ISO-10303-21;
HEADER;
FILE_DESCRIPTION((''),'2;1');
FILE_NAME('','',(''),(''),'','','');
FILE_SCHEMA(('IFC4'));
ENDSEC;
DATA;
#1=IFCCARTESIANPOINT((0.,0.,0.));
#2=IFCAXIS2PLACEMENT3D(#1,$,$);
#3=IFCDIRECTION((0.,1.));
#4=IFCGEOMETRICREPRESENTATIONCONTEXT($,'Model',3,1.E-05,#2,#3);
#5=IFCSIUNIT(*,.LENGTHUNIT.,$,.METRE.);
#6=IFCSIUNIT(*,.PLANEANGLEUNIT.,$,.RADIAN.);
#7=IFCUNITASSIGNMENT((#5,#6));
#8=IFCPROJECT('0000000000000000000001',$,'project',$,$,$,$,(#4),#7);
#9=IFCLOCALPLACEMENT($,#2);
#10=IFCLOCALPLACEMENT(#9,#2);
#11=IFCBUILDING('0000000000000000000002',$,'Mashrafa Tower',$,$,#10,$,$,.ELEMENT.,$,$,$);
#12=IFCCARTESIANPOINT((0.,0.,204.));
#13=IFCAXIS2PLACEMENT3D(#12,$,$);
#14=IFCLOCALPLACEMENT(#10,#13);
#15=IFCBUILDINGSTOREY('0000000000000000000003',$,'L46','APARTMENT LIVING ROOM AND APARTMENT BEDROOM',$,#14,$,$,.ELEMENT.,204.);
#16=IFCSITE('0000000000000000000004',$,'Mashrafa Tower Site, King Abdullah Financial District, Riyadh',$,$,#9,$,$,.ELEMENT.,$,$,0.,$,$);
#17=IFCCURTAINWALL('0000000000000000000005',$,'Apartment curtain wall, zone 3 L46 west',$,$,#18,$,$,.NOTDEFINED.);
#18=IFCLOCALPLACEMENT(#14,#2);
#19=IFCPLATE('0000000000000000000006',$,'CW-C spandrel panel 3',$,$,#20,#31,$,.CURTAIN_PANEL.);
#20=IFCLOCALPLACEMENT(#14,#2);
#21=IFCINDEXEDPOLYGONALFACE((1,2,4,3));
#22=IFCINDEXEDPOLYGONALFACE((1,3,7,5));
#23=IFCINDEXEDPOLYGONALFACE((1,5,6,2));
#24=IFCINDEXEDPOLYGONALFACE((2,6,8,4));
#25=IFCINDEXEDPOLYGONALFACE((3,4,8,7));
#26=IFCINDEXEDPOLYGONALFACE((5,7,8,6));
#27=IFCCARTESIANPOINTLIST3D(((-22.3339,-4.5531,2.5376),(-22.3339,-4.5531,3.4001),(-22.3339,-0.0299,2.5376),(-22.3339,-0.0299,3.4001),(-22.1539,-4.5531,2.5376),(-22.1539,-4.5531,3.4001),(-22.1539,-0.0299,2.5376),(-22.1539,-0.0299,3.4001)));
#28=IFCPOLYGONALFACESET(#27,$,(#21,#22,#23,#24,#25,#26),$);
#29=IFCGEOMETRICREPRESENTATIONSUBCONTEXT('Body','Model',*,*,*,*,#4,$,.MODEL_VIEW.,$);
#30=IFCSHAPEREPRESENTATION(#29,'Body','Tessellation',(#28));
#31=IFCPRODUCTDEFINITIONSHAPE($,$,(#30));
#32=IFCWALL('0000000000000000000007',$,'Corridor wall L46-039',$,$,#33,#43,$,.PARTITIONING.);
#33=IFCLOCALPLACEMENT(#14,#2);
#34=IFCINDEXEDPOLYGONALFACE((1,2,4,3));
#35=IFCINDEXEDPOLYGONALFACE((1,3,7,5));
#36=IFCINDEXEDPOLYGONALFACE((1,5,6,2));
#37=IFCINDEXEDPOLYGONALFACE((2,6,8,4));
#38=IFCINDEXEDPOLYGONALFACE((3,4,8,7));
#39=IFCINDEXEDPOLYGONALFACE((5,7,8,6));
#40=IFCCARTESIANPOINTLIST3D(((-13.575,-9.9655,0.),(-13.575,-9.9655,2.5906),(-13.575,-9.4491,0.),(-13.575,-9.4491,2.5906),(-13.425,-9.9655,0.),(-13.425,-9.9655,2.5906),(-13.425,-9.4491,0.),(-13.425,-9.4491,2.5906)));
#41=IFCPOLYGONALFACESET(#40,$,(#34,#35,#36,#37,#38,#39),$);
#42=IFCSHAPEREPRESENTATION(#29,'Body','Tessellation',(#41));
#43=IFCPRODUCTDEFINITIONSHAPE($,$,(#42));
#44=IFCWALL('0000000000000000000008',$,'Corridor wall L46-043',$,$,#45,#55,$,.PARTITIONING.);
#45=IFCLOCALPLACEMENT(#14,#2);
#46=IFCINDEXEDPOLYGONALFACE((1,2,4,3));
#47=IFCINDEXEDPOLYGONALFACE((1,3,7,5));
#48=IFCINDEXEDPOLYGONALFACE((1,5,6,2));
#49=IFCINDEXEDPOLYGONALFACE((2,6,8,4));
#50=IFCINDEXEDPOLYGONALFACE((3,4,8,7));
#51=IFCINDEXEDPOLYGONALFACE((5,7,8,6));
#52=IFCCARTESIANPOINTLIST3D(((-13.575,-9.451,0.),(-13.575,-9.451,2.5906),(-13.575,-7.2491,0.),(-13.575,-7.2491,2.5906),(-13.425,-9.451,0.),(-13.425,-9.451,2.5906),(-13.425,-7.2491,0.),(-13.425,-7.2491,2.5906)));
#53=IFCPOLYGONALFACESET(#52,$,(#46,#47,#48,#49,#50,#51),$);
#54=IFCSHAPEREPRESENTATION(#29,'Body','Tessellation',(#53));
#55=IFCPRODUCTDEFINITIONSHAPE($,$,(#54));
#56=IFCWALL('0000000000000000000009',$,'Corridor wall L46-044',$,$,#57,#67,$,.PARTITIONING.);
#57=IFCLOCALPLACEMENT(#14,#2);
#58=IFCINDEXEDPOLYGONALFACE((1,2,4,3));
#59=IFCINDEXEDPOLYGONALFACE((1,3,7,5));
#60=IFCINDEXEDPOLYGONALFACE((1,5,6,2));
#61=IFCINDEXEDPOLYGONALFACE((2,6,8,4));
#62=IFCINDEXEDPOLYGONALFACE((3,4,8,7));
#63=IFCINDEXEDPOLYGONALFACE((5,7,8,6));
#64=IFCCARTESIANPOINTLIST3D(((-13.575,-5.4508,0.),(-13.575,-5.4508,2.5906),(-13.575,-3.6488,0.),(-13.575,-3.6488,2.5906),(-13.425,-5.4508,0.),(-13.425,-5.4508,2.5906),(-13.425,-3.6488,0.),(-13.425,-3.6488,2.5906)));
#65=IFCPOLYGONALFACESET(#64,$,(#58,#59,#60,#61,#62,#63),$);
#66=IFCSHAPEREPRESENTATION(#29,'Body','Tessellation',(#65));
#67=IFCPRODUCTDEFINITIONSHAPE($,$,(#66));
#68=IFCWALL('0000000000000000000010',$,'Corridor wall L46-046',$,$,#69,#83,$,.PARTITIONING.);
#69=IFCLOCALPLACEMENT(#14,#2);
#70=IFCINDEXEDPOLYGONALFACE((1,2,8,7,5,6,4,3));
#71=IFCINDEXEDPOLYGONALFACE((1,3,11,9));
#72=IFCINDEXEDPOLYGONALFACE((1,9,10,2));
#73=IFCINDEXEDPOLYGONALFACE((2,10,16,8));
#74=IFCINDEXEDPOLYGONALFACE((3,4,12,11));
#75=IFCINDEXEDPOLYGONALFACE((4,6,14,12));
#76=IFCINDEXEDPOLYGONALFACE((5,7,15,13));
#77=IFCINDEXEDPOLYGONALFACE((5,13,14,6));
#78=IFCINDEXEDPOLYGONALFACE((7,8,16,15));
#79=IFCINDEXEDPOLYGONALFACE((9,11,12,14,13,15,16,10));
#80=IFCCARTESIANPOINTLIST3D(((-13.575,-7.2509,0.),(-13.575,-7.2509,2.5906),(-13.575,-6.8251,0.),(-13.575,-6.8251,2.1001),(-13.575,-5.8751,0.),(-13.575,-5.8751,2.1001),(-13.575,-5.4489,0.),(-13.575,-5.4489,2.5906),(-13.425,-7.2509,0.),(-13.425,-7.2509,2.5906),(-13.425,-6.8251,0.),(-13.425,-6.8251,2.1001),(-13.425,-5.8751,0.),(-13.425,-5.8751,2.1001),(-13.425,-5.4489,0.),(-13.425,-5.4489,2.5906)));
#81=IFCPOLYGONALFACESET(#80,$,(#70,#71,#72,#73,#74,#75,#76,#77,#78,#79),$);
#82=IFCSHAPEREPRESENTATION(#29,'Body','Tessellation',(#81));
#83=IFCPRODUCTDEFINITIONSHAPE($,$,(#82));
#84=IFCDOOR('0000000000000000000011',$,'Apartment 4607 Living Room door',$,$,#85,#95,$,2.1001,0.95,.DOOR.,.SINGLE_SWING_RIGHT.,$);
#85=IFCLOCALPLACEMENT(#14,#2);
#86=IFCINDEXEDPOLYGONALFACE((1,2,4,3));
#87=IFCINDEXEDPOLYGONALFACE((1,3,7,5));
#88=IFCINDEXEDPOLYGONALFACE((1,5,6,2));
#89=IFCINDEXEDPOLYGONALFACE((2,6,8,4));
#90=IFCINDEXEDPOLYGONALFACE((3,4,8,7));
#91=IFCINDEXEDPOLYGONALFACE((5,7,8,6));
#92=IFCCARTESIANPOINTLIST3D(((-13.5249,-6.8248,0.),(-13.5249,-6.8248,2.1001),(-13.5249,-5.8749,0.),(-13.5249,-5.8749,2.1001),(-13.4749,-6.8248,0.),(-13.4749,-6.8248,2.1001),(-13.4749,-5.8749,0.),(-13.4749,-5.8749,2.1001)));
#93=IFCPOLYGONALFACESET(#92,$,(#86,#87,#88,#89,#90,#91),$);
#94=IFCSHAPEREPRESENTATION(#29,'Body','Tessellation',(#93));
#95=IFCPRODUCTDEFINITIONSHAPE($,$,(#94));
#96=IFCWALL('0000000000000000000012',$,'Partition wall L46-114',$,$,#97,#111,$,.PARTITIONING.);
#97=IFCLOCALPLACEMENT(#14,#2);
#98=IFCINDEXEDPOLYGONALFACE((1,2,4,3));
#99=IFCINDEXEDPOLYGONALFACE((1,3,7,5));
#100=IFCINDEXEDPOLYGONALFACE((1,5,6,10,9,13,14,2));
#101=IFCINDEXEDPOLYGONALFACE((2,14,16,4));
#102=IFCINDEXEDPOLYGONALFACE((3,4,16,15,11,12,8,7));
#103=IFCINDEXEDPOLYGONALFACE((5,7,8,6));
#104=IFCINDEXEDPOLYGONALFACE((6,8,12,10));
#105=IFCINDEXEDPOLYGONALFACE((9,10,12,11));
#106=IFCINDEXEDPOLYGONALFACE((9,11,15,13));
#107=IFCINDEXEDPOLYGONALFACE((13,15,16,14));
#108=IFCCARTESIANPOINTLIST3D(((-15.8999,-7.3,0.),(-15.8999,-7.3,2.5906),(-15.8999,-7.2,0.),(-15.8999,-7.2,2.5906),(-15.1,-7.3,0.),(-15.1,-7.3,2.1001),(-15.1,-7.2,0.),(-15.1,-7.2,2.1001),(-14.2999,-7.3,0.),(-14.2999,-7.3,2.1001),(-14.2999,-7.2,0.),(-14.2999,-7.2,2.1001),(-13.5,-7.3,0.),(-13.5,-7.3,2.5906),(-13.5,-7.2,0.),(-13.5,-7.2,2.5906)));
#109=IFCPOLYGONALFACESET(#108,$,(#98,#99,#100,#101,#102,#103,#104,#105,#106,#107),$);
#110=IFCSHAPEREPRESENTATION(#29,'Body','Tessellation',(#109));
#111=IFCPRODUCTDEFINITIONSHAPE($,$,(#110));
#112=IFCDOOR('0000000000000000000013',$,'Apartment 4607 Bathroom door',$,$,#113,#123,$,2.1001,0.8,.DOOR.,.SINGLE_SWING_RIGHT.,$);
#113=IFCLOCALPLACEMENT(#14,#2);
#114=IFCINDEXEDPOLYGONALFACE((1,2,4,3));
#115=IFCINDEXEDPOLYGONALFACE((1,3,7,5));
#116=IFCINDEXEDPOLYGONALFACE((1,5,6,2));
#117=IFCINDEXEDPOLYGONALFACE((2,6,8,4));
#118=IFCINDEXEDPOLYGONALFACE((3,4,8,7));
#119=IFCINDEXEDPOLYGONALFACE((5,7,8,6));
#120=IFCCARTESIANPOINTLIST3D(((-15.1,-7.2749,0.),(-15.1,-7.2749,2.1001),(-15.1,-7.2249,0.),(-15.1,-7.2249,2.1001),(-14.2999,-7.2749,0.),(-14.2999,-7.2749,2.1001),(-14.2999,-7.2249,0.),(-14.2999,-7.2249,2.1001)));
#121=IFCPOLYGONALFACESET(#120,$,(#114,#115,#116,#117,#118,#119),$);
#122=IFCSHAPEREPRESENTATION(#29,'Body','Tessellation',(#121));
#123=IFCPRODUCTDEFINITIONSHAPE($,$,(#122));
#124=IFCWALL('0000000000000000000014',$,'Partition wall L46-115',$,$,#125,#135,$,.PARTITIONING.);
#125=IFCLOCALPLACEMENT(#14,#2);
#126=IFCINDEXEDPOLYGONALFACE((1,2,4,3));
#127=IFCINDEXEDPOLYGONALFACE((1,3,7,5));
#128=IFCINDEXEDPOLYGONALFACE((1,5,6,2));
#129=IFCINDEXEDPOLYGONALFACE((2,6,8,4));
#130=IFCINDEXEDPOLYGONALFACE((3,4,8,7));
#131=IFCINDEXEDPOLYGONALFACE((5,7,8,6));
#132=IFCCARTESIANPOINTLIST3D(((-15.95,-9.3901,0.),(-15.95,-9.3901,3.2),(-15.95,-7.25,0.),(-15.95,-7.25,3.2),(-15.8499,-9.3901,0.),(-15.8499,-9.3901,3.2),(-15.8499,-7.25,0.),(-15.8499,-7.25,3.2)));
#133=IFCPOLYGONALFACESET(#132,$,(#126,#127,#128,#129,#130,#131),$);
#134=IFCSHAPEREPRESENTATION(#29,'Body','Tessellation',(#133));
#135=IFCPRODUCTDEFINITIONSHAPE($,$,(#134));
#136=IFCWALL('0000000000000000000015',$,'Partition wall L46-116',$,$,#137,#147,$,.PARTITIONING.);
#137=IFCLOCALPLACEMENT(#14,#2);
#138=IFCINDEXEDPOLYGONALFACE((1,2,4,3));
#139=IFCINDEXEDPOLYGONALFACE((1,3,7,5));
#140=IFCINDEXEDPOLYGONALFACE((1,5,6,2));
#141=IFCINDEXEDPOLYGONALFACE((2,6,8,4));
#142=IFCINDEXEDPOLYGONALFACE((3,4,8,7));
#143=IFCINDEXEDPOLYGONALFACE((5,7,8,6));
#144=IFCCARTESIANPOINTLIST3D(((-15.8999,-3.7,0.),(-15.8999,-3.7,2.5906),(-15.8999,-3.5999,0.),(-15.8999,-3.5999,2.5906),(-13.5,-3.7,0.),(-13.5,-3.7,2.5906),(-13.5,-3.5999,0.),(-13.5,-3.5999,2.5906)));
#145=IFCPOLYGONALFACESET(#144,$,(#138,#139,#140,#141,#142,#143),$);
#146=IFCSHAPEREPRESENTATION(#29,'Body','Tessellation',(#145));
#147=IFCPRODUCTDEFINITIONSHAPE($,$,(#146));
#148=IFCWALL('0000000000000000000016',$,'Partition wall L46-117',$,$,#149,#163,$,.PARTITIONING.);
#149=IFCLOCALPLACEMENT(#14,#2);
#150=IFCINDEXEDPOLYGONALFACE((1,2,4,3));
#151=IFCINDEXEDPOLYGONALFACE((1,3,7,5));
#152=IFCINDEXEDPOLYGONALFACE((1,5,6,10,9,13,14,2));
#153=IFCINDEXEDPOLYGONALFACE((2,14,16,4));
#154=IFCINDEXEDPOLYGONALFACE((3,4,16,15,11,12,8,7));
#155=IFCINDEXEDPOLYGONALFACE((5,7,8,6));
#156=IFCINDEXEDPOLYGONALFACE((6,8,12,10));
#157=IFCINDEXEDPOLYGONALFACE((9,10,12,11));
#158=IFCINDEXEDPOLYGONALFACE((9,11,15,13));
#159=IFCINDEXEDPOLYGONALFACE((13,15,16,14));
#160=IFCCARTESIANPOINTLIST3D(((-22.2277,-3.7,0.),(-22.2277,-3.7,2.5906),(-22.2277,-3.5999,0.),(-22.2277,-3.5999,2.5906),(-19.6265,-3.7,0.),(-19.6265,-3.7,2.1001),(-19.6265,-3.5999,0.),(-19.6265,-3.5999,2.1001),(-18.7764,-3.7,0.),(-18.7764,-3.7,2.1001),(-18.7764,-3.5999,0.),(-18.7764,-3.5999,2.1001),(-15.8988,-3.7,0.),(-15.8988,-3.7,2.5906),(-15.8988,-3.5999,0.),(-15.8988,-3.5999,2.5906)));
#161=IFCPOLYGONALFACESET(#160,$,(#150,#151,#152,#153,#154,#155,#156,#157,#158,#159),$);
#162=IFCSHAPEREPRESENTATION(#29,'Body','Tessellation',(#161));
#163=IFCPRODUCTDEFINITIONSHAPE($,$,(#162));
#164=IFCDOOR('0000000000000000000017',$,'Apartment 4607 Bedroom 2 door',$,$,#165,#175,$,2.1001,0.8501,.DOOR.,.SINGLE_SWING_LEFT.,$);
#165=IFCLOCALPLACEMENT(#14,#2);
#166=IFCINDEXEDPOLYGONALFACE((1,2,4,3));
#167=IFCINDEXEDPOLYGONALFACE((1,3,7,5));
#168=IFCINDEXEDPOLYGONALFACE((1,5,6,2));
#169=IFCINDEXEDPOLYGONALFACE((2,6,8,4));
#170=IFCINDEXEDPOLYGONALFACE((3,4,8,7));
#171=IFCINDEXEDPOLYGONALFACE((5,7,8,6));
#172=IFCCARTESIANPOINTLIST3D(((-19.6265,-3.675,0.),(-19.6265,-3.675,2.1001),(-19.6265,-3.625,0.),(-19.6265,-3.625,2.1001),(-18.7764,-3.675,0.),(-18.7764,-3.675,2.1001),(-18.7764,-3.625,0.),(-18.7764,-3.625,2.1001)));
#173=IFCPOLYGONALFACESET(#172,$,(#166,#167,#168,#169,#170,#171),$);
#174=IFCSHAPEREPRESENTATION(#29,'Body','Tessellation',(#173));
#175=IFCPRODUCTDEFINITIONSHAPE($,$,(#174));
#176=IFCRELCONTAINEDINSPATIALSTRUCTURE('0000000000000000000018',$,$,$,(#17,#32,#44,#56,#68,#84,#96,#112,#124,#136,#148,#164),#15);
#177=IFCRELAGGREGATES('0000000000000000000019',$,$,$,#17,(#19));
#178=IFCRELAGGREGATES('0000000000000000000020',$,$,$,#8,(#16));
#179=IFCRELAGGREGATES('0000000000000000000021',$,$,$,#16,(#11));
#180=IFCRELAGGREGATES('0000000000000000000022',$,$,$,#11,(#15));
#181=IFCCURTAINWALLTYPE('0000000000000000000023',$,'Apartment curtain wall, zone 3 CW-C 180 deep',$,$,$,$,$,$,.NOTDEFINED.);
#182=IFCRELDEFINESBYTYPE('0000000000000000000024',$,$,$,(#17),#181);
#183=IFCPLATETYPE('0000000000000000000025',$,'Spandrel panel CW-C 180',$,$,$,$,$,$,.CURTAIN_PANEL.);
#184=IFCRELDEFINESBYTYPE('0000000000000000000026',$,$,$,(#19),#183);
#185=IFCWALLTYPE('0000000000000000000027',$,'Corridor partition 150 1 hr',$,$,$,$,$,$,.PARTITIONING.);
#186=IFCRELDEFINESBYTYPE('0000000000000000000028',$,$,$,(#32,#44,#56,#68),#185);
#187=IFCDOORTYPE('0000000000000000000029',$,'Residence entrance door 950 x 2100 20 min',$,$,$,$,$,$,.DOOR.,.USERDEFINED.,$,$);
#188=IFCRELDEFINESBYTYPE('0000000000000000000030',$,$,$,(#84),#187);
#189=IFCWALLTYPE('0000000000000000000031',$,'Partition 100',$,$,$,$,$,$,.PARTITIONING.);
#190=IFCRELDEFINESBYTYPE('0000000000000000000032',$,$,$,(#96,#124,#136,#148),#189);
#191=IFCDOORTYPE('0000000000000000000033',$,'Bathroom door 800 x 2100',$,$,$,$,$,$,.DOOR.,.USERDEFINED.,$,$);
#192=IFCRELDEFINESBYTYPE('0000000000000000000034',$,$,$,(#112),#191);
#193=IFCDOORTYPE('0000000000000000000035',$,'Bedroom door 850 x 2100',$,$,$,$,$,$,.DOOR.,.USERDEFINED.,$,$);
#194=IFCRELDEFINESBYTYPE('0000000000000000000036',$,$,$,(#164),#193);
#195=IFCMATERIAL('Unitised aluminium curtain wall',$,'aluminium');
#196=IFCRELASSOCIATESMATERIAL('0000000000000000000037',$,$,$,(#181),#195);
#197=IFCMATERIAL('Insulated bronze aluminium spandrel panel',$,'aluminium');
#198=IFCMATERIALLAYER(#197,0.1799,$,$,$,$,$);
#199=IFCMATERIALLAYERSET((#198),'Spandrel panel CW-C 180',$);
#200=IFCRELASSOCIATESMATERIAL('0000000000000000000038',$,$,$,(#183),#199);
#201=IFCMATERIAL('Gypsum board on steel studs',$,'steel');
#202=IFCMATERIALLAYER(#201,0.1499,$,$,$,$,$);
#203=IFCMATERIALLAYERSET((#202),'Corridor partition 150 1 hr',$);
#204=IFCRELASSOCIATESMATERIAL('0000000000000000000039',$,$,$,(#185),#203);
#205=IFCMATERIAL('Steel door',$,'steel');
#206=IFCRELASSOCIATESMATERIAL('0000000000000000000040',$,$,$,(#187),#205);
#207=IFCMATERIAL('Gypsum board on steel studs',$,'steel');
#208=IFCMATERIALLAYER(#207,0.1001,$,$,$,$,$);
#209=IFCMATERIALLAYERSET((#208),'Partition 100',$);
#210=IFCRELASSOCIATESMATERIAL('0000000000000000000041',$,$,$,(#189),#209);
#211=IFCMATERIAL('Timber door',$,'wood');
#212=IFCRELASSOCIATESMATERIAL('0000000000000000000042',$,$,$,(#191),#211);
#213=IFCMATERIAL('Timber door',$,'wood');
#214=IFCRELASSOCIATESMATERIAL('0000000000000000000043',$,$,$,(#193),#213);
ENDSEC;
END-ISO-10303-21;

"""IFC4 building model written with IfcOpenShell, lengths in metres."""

from ifc_helpers import new_model, si_unit, direction, frame, frame_2d, origin, origin_2d, place, context, subcontext, project, spatial, rectangle, extrude, source, transform, mapped, material, layer, layer_set, type_object, element, fill, aggregate, save


model = new_model("IFC4")

# Units and contexts
model_context = context("Model", 3, precision=1e-05, world=origin(), true_north=direction((0.0, 1.0)))
body_context = subcontext(model_context, "Body", "Model", "MODEL_VIEW")
ifc_project = project(units=[si_unit("LENGTHUNIT", "METRE"), si_unit("PLANEANGLEUNIT", "RADIAN")], contexts=[model_context])

# Site, building, storey
site_placement = place(None, origin())
site = spatial("IfcSite", under=ifc_project, at=site_placement, Name="Mashrafa Tower Site, King Abdullah Financial District, Riyadh", CompositionType="ELEMENT", RefElevation=0.0)
building_placement = place(site_placement, origin())
building = spatial("IfcBuilding", under=site, at=building_placement, Name="Mashrafa Tower", CompositionType="ELEMENT")
storey_placement = place(building_placement, frame((0.0, 0.0, 204.0)))
storey = spatial("IfcBuildingStorey", under=building, at=storey_placement, Name="L46", Description="APARTMENT LIVING ROOM AND APARTMENT BEDROOM", CompositionType="ELEMENT", Elevation=204.0)

# Curtain wall
ifc_material_1 = material(Name="Unitised aluminium curtain wall", Category="aluminium")
curtain_wall_type = type_object("IfcCurtainWallType", Name="Apartment curtain wall, zone 3 CW-C 180 deep", PredefinedType="NOTDEFINED", material=ifc_material_1)
curtain_wall_1_placement = place(storey_placement, origin())
curtain_wall_1 = element("IfcCurtainWall", 1, at=curtain_wall_1_placement, inside=storey, type_object=curtain_wall_type, Name="Apartment curtain wall, zone 3 L46 west", PredefinedType="NOTDEFINED")

# Plate
ifc_material_2 = material(Name="Insulated bronze aluminium spandrel panel", Category="aluminium")
ifc_layer_1 = layer(ifc_material_2, 0.1799)
ifc_layer_set_1 = layer_set([ifc_layer_1], Name="Spandrel panel CW-C 180")
plate_type_1 = type_object("IfcPlateType", Name="Spandrel panel CW-C 180", PredefinedType="CURTAIN_PANEL", material=ifc_layer_set_1)
shared_shape_1 = source(origin(), body_context, "Body", "SweptSolid", [
    extrude(rectangle(XDim=4.5232, YDim=0.1799, at=origin_2d()), origin(), (0.0, 0.0, 1.0), 0.8625),
])
plate_1_placement = place(storey_placement, frame((-22.2439, -2.2915, 2.5376), z_axis=(0.0, 0.0, 1.0), x_axis=(0.0, -1.0, 0.0)))
plate_1 = element("IfcPlate", 2, at=plate_1_placement, type_object=plate_type_1, Name="CW-C spandrel panel 3", PredefinedType="CURTAIN_PANEL", context=body_context, shape_type="MappedRepresentation", body=[
    mapped(shared_shape_1, transform((0.0, 0.0, 0.0))),
])
aggregate(curtain_wall_1, [plate_1])

# Walls
ifc_material_3 = material(Name="Gypsum board on steel studs", Category="steel")
ifc_layer_2 = layer(ifc_material_3, 0.1499)
ifc_layer_set_2 = layer_set([ifc_layer_2], Name="Corridor partition 150 1 hr")
wall_type_1 = type_object("IfcWallType", Name="Corridor partition 150 1 hr", PredefinedType="PARTITIONING", material=ifc_layer_set_2)
wall_1_placement = place(storey_placement, frame((-13.5, -9.449, 0.0), z_axis=(0.0, 0.0, 1.0), x_axis=(0.0, -1.0, 0.0)))
element("IfcWall", 3, at=wall_1_placement, inside=storey, type_object=wall_type_1, Name="Corridor wall L46-039", PredefinedType="PARTITIONING", context=body_context, shape_type="SweptSolid", body=[
    extrude(rectangle(XDim=0.5164, YDim=0.1499, at=frame_2d((0.2583, 0.0))), origin(), (0.0, 0.0, 1.0), 2.5906),
])
wall_2_placement = place(storey_placement, frame((-13.5, -7.249, 0.0), z_axis=(0.0, 0.0, 1.0), x_axis=(0.0, -1.0, 0.0)))
element("IfcWall", 4, at=wall_2_placement, inside=storey, type_object=wall_type_1, Name="Corridor wall L46-043", PredefinedType="PARTITIONING", context=body_context, shape_type="SweptSolid", body=[
    extrude(rectangle(XDim=2.2019, YDim=0.1499, at=frame_2d((1.1011, 0.0))), origin(), (0.0, 0.0, 1.0), 2.5906),
])
wall_3_placement = place(storey_placement, frame((-13.5, -3.6489, 0.0), z_axis=(0.0, 0.0, 1.0), x_axis=(0.0, -1.0, 0.0)))
element("IfcWall", 5, at=wall_3_placement, inside=storey, type_object=wall_type_1, Name="Corridor wall L46-044", PredefinedType="PARTITIONING", context=body_context, shape_type="SweptSolid", body=[
    extrude(rectangle(XDim=1.802, YDim=0.1499, at=frame_2d((0.9009, 0.0))), origin(), (0.0, 0.0, 1.0), 2.5906),
])

# Walls, openings, doors
wall_4_placement = place(storey_placement, frame((-13.5, -5.449, 0.0), z_axis=(0.0, 0.0, 1.0), x_axis=(0.0, -1.0, 0.0)))
wall_4 = element("IfcWall", 6, at=wall_4_placement, inside=storey, type_object=wall_type_1, Name="Corridor wall L46-046", PredefinedType="PARTITIONING", context=body_context, shape_type="SweptSolid", body=[
    extrude(rectangle(XDim=1.802, YDim=0.1499, at=frame_2d((0.9009, 0.0))), origin(), (0.0, 0.0, 1.0), 2.5906),
])
opening_1_placement = place(wall_4_placement, frame((0.426, 0.0, 0.0)))
opening_1 = element("IfcOpeningElement", 7, at=opening_1_placement, cuts=wall_4, PredefinedType="OPENING", context=body_context, shape_type="SweptSolid", body=[
    extrude(rectangle(XDim=0.95, YDim=2.1001, at=frame_2d((0.4751, 1.05))), frame((0.0, 0.085, 0.0), z_axis=(0.0, -1.0, 0.0), x_axis=(1.0, 0.0, 0.0)), (0.0, 0.0, 1.0), 0.1699),
])
ifc_material_4 = material(Name="Steel door", Category="steel")
door_type_1 = type_object("IfcDoorType", Name="Residence entrance door 950 x 2100 20 min", OperationType="USERDEFINED", PredefinedType="DOOR", material=ifc_material_4)
door_1_placement = place(opening_1_placement, frame((0.95, 0.0, 0.0), z_axis=(0.0, 0.0, 1.0), x_axis=(-1.0, 0.0, 0.0)))
door_1 = element("IfcDoor", 8, at=door_1_placement, inside=storey, type_object=door_type_1, Name="Apartment 4607 Living Room door", OperationType="SINGLE_SWING_RIGHT", OverallHeight=2.1001, OverallWidth=0.95, PredefinedType="DOOR", context=body_context, shape_type="SweptSolid", body=[
    extrude(rectangle(XDim=0.95, YDim=2.1001, at=frame_2d((0.4751, 1.05))), frame((0.0, 0.0249, 0.0), z_axis=(0.0, -1.0, 0.0), x_axis=(1.0, 0.0, 0.0)), (0.0, 0.0, 1.0), 0.05),
])
fill(opening_1, door_1)
ifc_material_5 = material(Name="Gypsum board on steel studs", Category="steel")
ifc_layer_3 = layer(ifc_material_5, 0.1001)
ifc_layer_set_3 = layer_set([ifc_layer_3], Name="Partition 100")
wall_type_2 = type_object("IfcWallType", Name="Partition 100", PredefinedType="PARTITIONING", material=ifc_layer_set_3)
wall_5_placement = place(storey_placement, frame((-13.5, -7.25, 0.0), z_axis=(0.0, 0.0, 1.0), x_axis=(-1.0, 0.0, 0.0)))
wall_5 = element("IfcWall", 9, at=wall_5_placement, inside=storey, type_object=wall_type_2, Name="Partition wall L46-114", PredefinedType="PARTITIONING", context=body_context, shape_type="SweptSolid", body=[
    extrude(rectangle(XDim=2.3999, YDim=0.1001, at=frame_2d((1.2, 0.0))), origin(), (0.0, 0.0, 1.0), 2.5906),
])
opening_2_placement = place(wall_5_placement, frame((0.8, 0.0, 0.0)))
opening_2 = element("IfcOpeningElement", 10, at=opening_2_placement, cuts=wall_5, PredefinedType="OPENING", context=body_context, shape_type="SweptSolid", body=[
    extrude(rectangle(XDim=0.8, YDim=2.1001, at=frame_2d((0.3999, 1.05))), frame((0.0, 0.0601, 0.0), z_axis=(0.0, -1.0, 0.0), x_axis=(1.0, 0.0, 0.0)), (0.0, 0.0, 1.0), 0.1201),
])
ifc_material_6 = material(Name="Timber door", Category="wood")
door_type_2 = type_object("IfcDoorType", Name="Bathroom door 800 x 2100", OperationType="USERDEFINED", PredefinedType="DOOR", material=ifc_material_6)
door_2_placement = place(opening_2_placement, origin())
door_2 = element("IfcDoor", 11, at=door_2_placement, inside=storey, type_object=door_type_2, Name="Apartment 4607 Bathroom door", OperationType="SINGLE_SWING_RIGHT", OverallHeight=2.1001, OverallWidth=0.8, PredefinedType="DOOR", context=body_context, shape_type="SweptSolid", body=[
    extrude(rectangle(XDim=0.8, YDim=2.1001, at=frame_2d((0.3999, 1.05))), frame((0.0, 0.0249, 0.0), z_axis=(0.0, -1.0, 0.0), x_axis=(1.0, 0.0, 0.0)), (0.0, 0.0, 1.0), 0.05),
])
fill(opening_2, door_2)

# Walls
wall_6_placement = place(storey_placement, frame((-15.8999, -7.25, 0.0), z_axis=(0.0, 0.0, 1.0), x_axis=(0.0, -1.0, 0.0)))
element("IfcWall", 12, at=wall_6_placement, inside=storey, type_object=wall_type_2, Name="Partition wall L46-115", PredefinedType="PARTITIONING", context=body_context, shape_type="SweptSolid", body=[
    extrude(rectangle(XDim=2.1401, YDim=0.1001, at=frame_2d((1.0701, 0.0))), origin(), (0.0, 0.0, 1.0), 3.2),
])
wall_7_placement = place(storey_placement, frame((-13.5, -3.6499, 0.0), z_axis=(0.0, 0.0, 1.0), x_axis=(-1.0, 0.0, 0.0)))
element("IfcWall", 13, at=wall_7_placement, inside=storey, type_object=wall_type_2, Name="Partition wall L46-116", PredefinedType="PARTITIONING", context=body_context, shape_type="SweptSolid", body=[
    extrude(rectangle(XDim=2.3999, YDim=0.1001, at=frame_2d((1.2, 0.0))), origin(), (0.0, 0.0, 1.0), 2.5906),
])

# Wall, opening, door
wall_8_placement = place(storey_placement, frame((-22.2278, -3.6499, 0.0), z_axis=(0.0, 0.0, 1.0), x_axis=(1.0, 0.0, 0.0)))
wall_8 = element("IfcWall", 14, at=wall_8_placement, inside=storey, type_object=wall_type_2, Name="Partition wall L46-117", PredefinedType="PARTITIONING", context=body_context, shape_type="SweptSolid", body=[
    extrude(rectangle(XDim=6.3289, YDim=0.1001, at=frame_2d((3.1646, 0.0))), origin(), (0.0, 0.0, 1.0), 2.5906),
])
opening_3_placement = place(wall_8_placement, frame((2.6013, 0.0, 0.0)))
opening_3 = element("IfcOpeningElement", 15, at=opening_3_placement, cuts=wall_8, PredefinedType="OPENING", context=body_context, shape_type="SweptSolid", body=[
    extrude(rectangle(XDim=0.8501, YDim=2.1001, at=frame_2d((0.425, 1.05))), frame((0.0, 0.0601, 0.0), z_axis=(0.0, -1.0, 0.0), x_axis=(1.0, 0.0, 0.0)), (0.0, 0.0, 1.0), 0.1201),
])
ifc_material_7 = material(Name="Timber door", Category="wood")
door_type_3 = type_object("IfcDoorType", Name="Bedroom door 850 x 2100", OperationType="USERDEFINED", PredefinedType="DOOR", material=ifc_material_7)
door_3_placement = place(opening_3_placement, origin())
door_3 = element("IfcDoor", 16, at=door_3_placement, inside=storey, type_object=door_type_3, Name="Apartment 4607 Bedroom 2 door", OperationType="SINGLE_SWING_LEFT", OverallHeight=2.1001, OverallWidth=0.8501, PredefinedType="DOOR", context=body_context, shape_type="SweptSolid", body=[
    extrude(rectangle(XDim=0.8501, YDim=2.1001, at=frame_2d((0.425, 1.05))), frame((0.0, 0.0249, 0.0), z_axis=(0.0, -1.0, 0.0), x_axis=(1.0, 0.0, 0.0)), (0.0, 0.0, 1.0), 0.05),
])
fill(opening_3, door_3)

save(model, "model.ifc")
